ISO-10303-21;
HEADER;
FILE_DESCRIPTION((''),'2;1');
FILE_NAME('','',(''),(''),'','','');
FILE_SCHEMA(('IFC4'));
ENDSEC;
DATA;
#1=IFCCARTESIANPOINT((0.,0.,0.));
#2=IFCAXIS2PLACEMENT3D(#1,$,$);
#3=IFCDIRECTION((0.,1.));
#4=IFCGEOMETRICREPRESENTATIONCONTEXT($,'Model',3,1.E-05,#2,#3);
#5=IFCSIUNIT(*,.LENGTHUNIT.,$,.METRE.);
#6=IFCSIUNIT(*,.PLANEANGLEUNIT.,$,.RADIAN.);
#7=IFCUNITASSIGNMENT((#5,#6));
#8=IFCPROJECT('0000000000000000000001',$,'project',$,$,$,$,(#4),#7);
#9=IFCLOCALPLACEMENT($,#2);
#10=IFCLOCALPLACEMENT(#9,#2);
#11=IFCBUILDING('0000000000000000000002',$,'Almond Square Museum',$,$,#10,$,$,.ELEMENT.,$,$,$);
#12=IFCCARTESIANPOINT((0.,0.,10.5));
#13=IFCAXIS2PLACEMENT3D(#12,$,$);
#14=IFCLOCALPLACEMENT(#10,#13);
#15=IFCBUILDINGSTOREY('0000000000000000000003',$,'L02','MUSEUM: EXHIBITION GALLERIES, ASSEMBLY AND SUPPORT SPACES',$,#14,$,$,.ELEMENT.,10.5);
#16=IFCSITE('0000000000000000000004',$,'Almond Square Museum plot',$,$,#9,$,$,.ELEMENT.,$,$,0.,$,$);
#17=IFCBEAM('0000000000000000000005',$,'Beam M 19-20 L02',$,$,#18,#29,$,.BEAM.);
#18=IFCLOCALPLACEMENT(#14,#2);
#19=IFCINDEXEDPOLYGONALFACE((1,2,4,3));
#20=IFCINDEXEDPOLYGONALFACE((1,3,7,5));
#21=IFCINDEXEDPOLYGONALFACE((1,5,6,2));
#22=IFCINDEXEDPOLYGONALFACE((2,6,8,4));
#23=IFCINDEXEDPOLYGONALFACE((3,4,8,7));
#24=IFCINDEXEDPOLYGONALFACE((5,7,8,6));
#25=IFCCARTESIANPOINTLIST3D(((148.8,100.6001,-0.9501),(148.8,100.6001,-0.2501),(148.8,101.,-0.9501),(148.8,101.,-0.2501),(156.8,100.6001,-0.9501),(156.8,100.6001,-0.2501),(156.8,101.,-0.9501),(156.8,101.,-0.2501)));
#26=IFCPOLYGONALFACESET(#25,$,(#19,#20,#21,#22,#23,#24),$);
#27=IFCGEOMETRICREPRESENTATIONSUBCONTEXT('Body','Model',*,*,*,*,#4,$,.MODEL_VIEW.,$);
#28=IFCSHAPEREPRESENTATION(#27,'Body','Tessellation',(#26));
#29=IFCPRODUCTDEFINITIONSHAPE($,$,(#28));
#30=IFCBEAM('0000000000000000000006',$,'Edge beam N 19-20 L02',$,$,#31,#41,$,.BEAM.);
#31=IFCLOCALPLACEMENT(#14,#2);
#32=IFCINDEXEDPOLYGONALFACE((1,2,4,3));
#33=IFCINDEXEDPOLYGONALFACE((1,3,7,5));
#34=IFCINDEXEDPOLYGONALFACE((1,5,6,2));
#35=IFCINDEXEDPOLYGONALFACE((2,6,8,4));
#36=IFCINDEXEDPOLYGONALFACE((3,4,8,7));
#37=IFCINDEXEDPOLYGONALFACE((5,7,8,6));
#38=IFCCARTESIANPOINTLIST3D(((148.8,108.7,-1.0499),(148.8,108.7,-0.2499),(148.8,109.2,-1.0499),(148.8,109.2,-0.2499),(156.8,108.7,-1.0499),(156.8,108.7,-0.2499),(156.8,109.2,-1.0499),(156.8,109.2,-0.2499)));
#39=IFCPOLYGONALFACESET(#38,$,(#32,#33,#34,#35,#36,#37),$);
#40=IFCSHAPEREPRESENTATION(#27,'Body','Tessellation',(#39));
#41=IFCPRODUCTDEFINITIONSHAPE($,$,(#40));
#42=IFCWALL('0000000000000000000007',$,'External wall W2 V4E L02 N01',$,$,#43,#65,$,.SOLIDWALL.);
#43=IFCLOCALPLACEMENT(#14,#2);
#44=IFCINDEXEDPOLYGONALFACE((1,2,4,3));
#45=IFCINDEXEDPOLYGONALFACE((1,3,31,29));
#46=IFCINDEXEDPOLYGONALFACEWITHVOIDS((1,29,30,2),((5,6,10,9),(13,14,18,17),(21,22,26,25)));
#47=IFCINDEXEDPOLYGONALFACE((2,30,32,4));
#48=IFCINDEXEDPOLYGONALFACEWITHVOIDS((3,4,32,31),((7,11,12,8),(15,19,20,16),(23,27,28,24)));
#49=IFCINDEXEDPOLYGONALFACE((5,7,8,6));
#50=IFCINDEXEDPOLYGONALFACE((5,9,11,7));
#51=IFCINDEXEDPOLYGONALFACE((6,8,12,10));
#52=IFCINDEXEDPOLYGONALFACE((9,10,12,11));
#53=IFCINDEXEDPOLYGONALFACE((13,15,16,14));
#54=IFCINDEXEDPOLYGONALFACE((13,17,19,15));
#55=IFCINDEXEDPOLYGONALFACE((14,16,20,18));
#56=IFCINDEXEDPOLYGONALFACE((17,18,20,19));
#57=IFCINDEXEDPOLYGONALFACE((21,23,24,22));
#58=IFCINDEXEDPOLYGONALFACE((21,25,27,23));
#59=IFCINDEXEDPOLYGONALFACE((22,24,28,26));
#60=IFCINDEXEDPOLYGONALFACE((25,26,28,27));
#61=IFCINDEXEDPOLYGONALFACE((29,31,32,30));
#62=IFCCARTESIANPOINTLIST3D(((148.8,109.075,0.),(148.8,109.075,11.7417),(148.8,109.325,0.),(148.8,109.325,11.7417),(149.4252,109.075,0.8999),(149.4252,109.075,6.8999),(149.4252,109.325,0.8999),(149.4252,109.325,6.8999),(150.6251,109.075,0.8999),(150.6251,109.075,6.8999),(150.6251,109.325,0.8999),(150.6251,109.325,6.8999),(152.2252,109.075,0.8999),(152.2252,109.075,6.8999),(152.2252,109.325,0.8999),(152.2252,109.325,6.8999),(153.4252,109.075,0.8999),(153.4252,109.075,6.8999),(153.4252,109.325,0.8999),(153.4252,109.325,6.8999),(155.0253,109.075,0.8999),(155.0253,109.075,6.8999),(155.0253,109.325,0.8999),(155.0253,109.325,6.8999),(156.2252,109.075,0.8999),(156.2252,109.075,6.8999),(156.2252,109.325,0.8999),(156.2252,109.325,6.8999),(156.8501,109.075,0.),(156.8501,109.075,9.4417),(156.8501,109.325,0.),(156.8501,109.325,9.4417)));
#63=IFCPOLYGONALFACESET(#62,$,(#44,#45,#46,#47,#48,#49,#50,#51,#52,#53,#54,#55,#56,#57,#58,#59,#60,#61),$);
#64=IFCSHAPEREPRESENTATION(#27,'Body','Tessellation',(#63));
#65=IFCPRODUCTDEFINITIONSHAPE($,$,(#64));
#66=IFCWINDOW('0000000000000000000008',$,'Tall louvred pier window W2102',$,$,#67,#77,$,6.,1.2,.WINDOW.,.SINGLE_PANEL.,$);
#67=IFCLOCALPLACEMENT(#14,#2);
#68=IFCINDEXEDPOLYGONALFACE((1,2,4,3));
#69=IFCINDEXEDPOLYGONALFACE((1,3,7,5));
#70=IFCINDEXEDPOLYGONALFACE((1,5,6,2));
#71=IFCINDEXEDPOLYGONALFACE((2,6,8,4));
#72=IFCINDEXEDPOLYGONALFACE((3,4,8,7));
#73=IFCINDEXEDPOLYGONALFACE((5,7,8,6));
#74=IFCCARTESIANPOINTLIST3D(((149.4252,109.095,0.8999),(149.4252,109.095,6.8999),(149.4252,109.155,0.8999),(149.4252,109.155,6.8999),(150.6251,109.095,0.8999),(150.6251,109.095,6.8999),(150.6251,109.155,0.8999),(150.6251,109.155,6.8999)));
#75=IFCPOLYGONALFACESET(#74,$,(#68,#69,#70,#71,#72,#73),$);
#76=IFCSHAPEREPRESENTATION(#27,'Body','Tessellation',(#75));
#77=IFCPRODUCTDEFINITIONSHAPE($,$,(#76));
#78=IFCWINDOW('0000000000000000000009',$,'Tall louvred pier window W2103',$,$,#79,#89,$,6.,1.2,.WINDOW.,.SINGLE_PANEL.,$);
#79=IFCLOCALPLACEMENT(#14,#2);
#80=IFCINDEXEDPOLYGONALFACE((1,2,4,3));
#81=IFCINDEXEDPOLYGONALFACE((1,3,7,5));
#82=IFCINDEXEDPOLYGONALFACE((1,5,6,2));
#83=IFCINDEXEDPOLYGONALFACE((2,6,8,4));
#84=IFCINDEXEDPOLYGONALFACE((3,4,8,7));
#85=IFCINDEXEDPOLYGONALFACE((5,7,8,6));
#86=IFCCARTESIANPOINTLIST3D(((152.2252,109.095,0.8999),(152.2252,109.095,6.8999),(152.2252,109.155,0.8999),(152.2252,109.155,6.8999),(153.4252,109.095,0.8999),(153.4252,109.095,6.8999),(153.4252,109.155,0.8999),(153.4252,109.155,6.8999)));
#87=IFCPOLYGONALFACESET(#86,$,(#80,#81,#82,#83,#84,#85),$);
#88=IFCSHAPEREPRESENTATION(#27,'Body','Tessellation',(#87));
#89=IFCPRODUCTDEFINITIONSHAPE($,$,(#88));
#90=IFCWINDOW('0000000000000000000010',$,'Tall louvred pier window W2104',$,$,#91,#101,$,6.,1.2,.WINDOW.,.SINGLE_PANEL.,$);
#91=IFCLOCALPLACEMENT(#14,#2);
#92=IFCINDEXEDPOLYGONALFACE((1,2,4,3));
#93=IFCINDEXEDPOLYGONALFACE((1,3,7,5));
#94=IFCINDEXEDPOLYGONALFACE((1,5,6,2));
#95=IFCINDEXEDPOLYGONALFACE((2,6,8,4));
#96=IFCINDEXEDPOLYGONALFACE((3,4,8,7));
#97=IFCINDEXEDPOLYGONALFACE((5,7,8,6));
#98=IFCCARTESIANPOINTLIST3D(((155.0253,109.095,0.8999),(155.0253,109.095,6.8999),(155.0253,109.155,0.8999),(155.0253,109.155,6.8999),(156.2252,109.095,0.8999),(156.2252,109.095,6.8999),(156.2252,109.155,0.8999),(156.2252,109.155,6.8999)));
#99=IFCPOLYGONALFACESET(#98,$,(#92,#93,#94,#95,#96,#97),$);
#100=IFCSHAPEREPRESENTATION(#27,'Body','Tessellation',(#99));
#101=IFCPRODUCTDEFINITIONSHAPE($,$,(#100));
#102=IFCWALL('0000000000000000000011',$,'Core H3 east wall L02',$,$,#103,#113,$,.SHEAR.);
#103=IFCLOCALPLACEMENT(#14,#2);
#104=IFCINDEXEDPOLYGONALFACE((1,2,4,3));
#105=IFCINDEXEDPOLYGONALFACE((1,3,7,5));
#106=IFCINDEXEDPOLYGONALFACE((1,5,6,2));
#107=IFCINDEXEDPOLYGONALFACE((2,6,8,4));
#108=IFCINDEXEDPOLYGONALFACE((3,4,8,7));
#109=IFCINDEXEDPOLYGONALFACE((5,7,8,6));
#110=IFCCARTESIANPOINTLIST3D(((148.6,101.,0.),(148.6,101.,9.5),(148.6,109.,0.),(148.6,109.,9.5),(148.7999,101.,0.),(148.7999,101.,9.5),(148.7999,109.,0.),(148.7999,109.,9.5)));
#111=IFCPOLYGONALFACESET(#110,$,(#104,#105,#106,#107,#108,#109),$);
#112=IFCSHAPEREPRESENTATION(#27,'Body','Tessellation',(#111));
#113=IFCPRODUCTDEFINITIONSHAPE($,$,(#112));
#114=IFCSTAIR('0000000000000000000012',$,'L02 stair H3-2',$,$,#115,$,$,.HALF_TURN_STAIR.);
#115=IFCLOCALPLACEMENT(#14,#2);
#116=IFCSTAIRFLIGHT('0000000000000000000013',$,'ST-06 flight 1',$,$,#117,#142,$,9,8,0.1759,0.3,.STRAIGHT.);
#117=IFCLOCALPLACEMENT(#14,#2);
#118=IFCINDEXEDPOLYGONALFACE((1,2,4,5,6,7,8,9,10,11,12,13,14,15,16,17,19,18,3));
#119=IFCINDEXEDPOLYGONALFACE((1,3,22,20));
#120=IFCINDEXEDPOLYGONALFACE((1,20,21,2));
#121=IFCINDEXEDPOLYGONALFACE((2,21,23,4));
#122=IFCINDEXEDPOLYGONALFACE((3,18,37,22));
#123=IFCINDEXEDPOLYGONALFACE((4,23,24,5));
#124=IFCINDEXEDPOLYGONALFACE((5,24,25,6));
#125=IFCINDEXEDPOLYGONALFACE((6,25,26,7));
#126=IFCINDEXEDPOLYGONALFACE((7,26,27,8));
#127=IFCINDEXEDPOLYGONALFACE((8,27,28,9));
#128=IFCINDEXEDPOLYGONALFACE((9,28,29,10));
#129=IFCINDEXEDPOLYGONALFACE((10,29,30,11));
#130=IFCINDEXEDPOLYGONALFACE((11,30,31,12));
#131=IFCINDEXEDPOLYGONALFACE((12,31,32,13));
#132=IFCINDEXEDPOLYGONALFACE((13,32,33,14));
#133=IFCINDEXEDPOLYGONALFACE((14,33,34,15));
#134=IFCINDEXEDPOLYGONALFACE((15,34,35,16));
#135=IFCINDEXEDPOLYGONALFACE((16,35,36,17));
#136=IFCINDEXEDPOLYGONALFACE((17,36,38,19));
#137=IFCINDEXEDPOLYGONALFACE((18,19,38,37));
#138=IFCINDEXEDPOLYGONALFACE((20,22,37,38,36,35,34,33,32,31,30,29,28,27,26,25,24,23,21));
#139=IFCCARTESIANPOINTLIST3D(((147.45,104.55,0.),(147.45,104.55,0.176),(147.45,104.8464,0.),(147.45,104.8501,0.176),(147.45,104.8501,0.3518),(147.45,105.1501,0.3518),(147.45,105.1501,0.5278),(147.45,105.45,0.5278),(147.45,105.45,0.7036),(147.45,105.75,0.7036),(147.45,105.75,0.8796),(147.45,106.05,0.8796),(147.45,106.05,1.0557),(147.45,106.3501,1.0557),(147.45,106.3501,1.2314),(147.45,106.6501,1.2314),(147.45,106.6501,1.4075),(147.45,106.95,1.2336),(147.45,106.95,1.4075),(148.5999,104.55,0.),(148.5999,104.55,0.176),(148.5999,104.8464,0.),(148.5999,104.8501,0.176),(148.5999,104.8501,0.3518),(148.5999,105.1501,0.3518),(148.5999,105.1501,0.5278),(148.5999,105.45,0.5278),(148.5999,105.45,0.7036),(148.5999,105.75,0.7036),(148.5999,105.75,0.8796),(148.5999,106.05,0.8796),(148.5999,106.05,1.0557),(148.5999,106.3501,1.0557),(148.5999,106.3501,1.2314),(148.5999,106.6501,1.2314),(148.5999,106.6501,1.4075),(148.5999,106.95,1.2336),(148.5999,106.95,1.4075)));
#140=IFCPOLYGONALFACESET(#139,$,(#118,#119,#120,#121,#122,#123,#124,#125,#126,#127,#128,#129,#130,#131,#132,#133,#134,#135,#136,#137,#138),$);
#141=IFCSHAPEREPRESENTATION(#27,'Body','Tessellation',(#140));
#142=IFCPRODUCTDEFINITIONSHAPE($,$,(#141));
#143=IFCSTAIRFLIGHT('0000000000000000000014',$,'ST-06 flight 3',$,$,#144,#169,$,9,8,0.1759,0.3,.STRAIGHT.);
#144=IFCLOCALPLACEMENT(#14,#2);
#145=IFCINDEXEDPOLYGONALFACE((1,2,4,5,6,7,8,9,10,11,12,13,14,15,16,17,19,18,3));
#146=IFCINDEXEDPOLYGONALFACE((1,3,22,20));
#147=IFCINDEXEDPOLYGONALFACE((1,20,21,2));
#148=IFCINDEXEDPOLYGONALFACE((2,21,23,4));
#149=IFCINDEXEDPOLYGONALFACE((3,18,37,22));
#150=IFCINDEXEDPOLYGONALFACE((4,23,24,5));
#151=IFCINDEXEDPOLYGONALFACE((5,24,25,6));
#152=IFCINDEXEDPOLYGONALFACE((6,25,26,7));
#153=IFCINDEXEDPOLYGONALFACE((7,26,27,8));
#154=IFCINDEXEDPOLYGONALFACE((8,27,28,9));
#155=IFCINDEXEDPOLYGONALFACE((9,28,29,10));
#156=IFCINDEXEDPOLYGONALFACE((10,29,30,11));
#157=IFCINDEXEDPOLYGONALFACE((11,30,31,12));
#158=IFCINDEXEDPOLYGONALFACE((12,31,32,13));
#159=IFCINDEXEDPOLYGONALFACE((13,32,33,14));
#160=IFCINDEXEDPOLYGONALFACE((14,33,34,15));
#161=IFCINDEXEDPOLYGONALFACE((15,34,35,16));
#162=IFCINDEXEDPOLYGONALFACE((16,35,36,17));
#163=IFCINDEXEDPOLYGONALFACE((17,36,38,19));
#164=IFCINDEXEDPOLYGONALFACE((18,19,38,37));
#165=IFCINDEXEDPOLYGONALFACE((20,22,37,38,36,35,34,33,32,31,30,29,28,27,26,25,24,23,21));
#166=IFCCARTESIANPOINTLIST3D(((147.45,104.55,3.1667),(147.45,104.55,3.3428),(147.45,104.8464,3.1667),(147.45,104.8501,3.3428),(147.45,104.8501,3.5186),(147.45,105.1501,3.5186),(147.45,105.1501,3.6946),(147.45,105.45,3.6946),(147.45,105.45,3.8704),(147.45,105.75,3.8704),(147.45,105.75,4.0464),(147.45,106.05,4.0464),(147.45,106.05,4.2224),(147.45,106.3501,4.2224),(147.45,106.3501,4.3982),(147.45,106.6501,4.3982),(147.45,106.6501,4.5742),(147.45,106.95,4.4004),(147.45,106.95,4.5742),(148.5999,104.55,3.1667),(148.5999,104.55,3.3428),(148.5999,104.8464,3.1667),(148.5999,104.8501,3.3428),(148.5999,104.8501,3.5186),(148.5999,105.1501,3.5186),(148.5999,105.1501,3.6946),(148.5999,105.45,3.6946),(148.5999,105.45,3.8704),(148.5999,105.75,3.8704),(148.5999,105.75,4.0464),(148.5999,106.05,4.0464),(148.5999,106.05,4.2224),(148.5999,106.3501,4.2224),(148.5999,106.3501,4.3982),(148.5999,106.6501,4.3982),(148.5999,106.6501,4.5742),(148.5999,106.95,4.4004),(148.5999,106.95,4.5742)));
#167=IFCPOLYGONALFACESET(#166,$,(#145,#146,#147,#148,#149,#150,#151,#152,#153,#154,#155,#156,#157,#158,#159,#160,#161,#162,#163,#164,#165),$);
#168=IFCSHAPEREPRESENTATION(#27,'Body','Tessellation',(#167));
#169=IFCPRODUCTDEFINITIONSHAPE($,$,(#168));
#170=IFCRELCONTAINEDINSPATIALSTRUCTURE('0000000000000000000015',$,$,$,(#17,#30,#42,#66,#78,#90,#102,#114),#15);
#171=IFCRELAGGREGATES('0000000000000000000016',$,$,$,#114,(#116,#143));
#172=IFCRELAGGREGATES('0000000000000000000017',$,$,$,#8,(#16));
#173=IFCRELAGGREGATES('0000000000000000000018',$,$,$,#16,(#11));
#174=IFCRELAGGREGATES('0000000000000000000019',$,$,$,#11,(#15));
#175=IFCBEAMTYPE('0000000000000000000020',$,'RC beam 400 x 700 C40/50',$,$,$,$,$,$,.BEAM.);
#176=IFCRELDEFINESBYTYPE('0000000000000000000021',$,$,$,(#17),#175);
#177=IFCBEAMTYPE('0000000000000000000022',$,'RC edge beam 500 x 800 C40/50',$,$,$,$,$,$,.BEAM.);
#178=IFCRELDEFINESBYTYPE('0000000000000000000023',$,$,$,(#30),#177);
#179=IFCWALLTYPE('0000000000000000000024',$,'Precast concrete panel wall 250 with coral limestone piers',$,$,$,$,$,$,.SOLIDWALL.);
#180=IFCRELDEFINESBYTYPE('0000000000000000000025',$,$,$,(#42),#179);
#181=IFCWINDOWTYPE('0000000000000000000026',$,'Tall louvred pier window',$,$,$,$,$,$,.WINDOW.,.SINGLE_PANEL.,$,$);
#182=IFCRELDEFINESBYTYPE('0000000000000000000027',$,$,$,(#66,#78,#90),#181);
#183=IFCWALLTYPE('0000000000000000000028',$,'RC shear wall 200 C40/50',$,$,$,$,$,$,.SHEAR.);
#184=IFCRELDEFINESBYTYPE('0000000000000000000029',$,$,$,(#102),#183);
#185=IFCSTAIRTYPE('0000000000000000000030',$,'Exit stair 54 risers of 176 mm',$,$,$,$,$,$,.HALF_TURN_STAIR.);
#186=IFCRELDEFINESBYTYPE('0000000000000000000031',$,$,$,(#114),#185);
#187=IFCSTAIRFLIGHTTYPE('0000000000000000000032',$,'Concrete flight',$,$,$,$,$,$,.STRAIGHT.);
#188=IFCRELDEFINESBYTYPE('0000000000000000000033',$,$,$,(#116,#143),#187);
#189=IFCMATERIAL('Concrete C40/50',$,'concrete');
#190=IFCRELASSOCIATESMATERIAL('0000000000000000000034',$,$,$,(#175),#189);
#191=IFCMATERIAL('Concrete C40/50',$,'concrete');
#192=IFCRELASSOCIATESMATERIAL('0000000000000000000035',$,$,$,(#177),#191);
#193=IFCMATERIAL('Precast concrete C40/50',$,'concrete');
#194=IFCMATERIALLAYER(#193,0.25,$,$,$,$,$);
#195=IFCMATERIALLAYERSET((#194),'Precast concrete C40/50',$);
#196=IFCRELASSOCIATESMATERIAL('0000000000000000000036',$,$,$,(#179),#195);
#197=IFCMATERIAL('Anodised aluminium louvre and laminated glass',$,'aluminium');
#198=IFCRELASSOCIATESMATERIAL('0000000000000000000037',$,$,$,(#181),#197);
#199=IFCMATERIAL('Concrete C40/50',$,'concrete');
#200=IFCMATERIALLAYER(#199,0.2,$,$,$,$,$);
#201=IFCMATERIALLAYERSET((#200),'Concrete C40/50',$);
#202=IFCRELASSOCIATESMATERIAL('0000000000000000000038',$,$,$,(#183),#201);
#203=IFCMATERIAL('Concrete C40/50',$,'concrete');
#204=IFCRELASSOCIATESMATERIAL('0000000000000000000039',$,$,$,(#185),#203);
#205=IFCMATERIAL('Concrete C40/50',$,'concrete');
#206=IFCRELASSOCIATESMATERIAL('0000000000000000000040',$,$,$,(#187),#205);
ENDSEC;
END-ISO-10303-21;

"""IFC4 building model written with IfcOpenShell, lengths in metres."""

from ifc_helpers import new_model, si_unit, direction, frame, frame_2d, origin, origin_2d, place, context, subcontext, project, spatial, polyline, rectangle, outline, extrude, material, layer, layer_set, material_profile, profile_set, type_object, element, fill, aggregate, save


model = new_model("IFC4")

# Units and contexts
model_context = context("Model", 3, precision=1e-05, world=origin(), true_north=direction((0.0, 1.0)))
body_context = subcontext(model_context, "Body", "Model", "MODEL_VIEW")
ifc_project = project(units=[si_unit("LENGTHUNIT", "METRE"), si_unit("PLANEANGLEUNIT", "RADIAN")], contexts=[model_context])

# Site, building, storey
site_placement = place(None, origin())
site = spatial("IfcSite", under=ifc_project, at=site_placement, Name="Almond Square Museum plot", CompositionType="ELEMENT", RefElevation=0.0)
building_placement = place(site_placement, origin())
building = spatial("IfcBuilding", under=site, at=building_placement, Name="Almond Square Museum", CompositionType="ELEMENT")
storey_placement = place(building_placement, frame((0.0, 0.0, 10.5)))
storey = spatial("IfcBuildingStorey", under=building, at=storey_placement, Name="L02", Description="MUSEUM: EXHIBITION GALLERIES, ASSEMBLY AND SUPPORT SPACES", CompositionType="ELEMENT", Elevation=10.5)

# Beams
ifc_material_1 = material(Name="Concrete C40/50", Category="concrete")
ifc_material_profile_1 = material_profile(ifc_material_1, rectangle(XDim=0.3999, YDim=0.7, at=origin_2d()))
ifc_profile_set_1 = profile_set([ifc_material_profile_1], Name="Concrete C40/50")
beam_type_1 = type_object("IfcBeamType", Name="RC beam 400 x 700 C40/50", PredefinedType="BEAM", material=ifc_profile_set_1)
beam_1_placement = place(storey_placement, frame((148.8, 100.8, -0.6001), z_axis=(1.0, 0.0, 0.0), x_axis=(0.0, 1.0, 0.0)))
element("IfcBeam", 1, at=beam_1_placement, inside=storey, type_object=beam_type_1, Name="Beam M 19-20 L02", PredefinedType="BEAM", context=body_context, shape_type="SweptSolid", body=[
    extrude(rectangle(XDim=0.3999, YDim=0.7, at=origin_2d()), origin(), (0.0, 0.0, 1.0), 8.0),
])
ifc_material_2 = material(Name="Concrete C40/50", Category="concrete")
ifc_material_profile_2 = material_profile(ifc_material_2, rectangle(XDim=0.5, YDim=0.8, at=origin_2d()))
ifc_profile_set_2 = profile_set([ifc_material_profile_2], Name="Concrete C40/50")
beam_type_2 = type_object("IfcBeamType", Name="RC edge beam 500 x 800 C40/50", PredefinedType="BEAM", material=ifc_profile_set_2)
beam_2_placement = place(storey_placement, frame((148.8, 108.95, -0.6499), z_axis=(1.0, 0.0, 0.0), x_axis=(0.0, 1.0, 0.0)))
element("IfcBeam", 2, at=beam_2_placement, inside=storey, type_object=beam_type_2, Name="Edge beam N 19-20 L02", PredefinedType="BEAM", context=body_context, shape_type="SweptSolid", body=[
    extrude(rectangle(XDim=0.5, YDim=0.8, at=origin_2d()), origin(), (0.0, 0.0, 1.0), 8.0),
])

# Wall, openings, windows
ifc_material_3 = material(Name="Precast concrete C40/50", Category="concrete")
ifc_layer_1 = layer(ifc_material_3, 0.25)
ifc_layer_set_1 = layer_set([ifc_layer_1], Name="Precast concrete C40/50")
wall_type_1 = type_object("IfcWallType", Name="Precast concrete panel wall 250 with coral limestone piers", PredefinedType="SOLIDWALL", material=ifc_layer_set_1)
wall_1_placement = place(storey_placement, frame((148.8, 109.2, 0.0), z_axis=(0.0, 0.0, 1.0), x_axis=(1.0, 0.0, 0.0)))
wall_1 = element("IfcWall", 3, at=wall_1_placement, inside=storey, type_object=wall_type_1, Name="External wall W2 V4E L02 N01", PredefinedType="SOLIDWALL", context=body_context, shape_type="SweptSolid", body=[
    extrude(outline(polyline([(0.0, 0.0), (8.05, 0.0), (8.05, 9.4417), (0.0, 11.7417), (0.0, 0.0)])), frame((0.0, 0.125, 0.0), z_axis=(0.0, -1.0, 0.0), x_axis=(1.0, 0.0, 0.0)), (0.0, 0.0, 1.0), 0.25),
])
opening_1_placement = place(wall_1_placement, frame((0.625, 0.0, 0.8999)))
opening_1 = element("IfcOpeningElement", 4, at=opening_1_placement, cuts=wall_1, PredefinedType="OPENING", context=body_context, shape_type="SweptSolid", body=[
    extrude(rectangle(XDim=1.2, YDim=6.0, at=frame_2d((0.6001, 3.0))), frame((0.0, 0.135, 0.0), z_axis=(0.0, -1.0, 0.0), x_axis=(1.0, 0.0, 0.0)), (0.0, 0.0, 1.0), 0.27),
])
opening_2_placement = place(wall_1_placement, frame((3.425, 0.0, 0.8999)))
opening_2 = element("IfcOpeningElement", 5, at=opening_2_placement, cuts=wall_1, PredefinedType="OPENING", context=body_context, shape_type="SweptSolid", body=[
    extrude(rectangle(XDim=1.2, YDim=6.0, at=frame_2d((0.6001, 3.0))), frame((0.0, 0.135, 0.0), z_axis=(0.0, -1.0, 0.0), x_axis=(1.0, 0.0, 0.0)), (0.0, 0.0, 1.0), 0.27),
])
opening_3_placement = place(wall_1_placement, frame((6.2251, 0.0, 0.8999)))
opening_3 = element("IfcOpeningElement", 6, at=opening_3_placement, cuts=wall_1, PredefinedType="OPENING", context=body_context, shape_type="SweptSolid", body=[
    extrude(rectangle(XDim=1.2, YDim=6.0, at=frame_2d((0.6001, 3.0))), frame((0.0, 0.135, 0.0), z_axis=(0.0, -1.0, 0.0), x_axis=(1.0, 0.0, 0.0)), (0.0, 0.0, 1.0), 0.27),
])
ifc_material_4 = material(Name="Anodised aluminium louvre and laminated glass", Category="aluminium")
window_type = type_object("IfcWindowType", Name="Tall louvred pier window", PartitioningType="SINGLE_PANEL", PredefinedType="WINDOW", material=ifc_material_4)
window_1_placement = place(opening_1_placement, origin())
window_1 = element("IfcWindow", 7, at=window_1_placement, inside=storey, type_object=window_type, Name="Tall louvred pier window W2102", OverallHeight=6.0, OverallWidth=1.2, PartitioningType="SINGLE_PANEL", PredefinedType="WINDOW", context=body_context, shape_type="SweptSolid", body=[
    extrude(rectangle(XDim=1.2, YDim=6.0, at=frame_2d((0.6001, 3.0))), frame((0.0, -0.0449, 0.0), z_axis=(0.0, -1.0, 0.0), x_axis=(1.0, 0.0, 0.0)), (0.0, 0.0, 1.0), 0.0601),
])
fill(opening_1, window_1)
window_2_placement = place(opening_2_placement, origin())
window_2 = element("IfcWindow", 8, at=window_2_placement, inside=storey, type_object=window_type, Name="Tall louvred pier window W2103", OverallHeight=6.0, OverallWidth=1.2, PartitioningType="SINGLE_PANEL", PredefinedType="WINDOW", context=body_context, shape_type="SweptSolid", body=[
    extrude(rectangle(XDim=1.2, YDim=6.0, at=frame_2d((0.6001, 3.0))), frame((0.0, -0.0449, 0.0), z_axis=(0.0, -1.0, 0.0), x_axis=(1.0, 0.0, 0.0)), (0.0, 0.0, 1.0), 0.0601),
])
fill(opening_2, window_2)
window_3_placement = place(opening_3_placement, origin())
window_3 = element("IfcWindow", 9, at=window_3_placement, inside=storey, type_object=window_type, Name="Tall louvred pier window W2104", OverallHeight=6.0, OverallWidth=1.2, PartitioningType="SINGLE_PANEL", PredefinedType="WINDOW", context=body_context, shape_type="SweptSolid", body=[
    extrude(rectangle(XDim=1.2, YDim=6.0, at=frame_2d((0.6001, 3.0))), frame((0.0, -0.0449, 0.0), z_axis=(0.0, -1.0, 0.0), x_axis=(1.0, 0.0, 0.0)), (0.0, 0.0, 1.0), 0.0601),
])
fill(opening_3, window_3)

# Wall
ifc_material_5 = material(Name="Concrete C40/50", Category="concrete")
ifc_layer_2 = layer(ifc_material_5, 0.2)
ifc_layer_set_2 = layer_set([ifc_layer_2], Name="Concrete C40/50")
wall_type_2 = type_object("IfcWallType", Name="RC shear wall 200 C40/50", PredefinedType="SHEAR", material=ifc_layer_set_2)
wall_2_placement = place(storey_placement, frame((148.7, 101.0, 0.0), z_axis=(0.0, 0.0, 1.0), x_axis=(0.0, 1.0, 0.0)))
element("IfcWall", 10, at=wall_2_placement, inside=storey, type_object=wall_type_2, Name="Core H3 east wall L02", PredefinedType="SHEAR", context=body_context, shape_type="SweptSolid", body=[
    extrude(rectangle(XDim=8.0, YDim=0.2, at=frame_2d((4.0, 0.0))), origin(), (0.0, 0.0, 1.0), 9.5),
])

# Stair, stair flights
ifc_material_6 = material(Name="Concrete C40/50", Category="concrete")
stair_type = type_object("IfcStairType", Name="Exit stair 54 risers of 176 mm", PredefinedType="HALF_TURN_STAIR", material=ifc_material_6)
stair_placement = place(storey_placement, origin())
stair = element("IfcStair", 11, at=stair_placement, inside=storey, type_object=stair_type, Name="L02 stair H3-2", PredefinedType="HALF_TURN_STAIR")
ifc_material_7 = material(Name="Concrete C40/50", Category="concrete")
stair_flight_type = type_object("IfcStairFlightType", Name="Concrete flight", PredefinedType="STRAIGHT", material=ifc_material_7)
stair_flight_1_placement = place(storey_placement, frame((148.0249, 104.55, 0.0), z_axis=(0.0, 0.0, 1.0), x_axis=(0.0, 1.0, 0.0)))
stair_flight_1 = element("IfcStairFlight", 12, at=stair_flight_1_placement, type_object=stair_flight_type, Name="ST-06 flight 1", NumberOfRisers=9, NumberOfTreads=8, PredefinedType="STRAIGHT", RiserHeight=0.1759, TreadLength=0.3, context=body_context, shape_type="SweptSolid", body=[
    extrude(outline(polyline([(0.0, 0.0), (0.0, 0.176), (0.3, 0.176), (0.3, 0.3518), (0.6001, 0.3518), (0.6001, 0.5278), (0.8999, 0.5278), (0.8999, 0.7036), (1.2, 0.7036), (1.2, 0.8796), (1.5, 0.8796), (1.5, 1.0557), (1.8, 1.0557), (1.8, 1.2314), (2.1001, 1.2314), (2.1001, 1.4075), (2.3999, 1.4075), (2.3999, 1.5833), (2.3999, 1.2336), (0.2964, 0.0), (0.0, 0.0)])), frame((0.0, 0.575, 0.0), z_axis=(0.0, -1.0, 0.0), x_axis=(1.0, 0.0, 0.0)), (0.0, 0.0, 1.0), 1.1499),
])
stair_flight_2_placement = place(storey_placement, frame((148.0249, 104.55, 3.1667), z_axis=(0.0, 0.0, 1.0), x_axis=(0.0, 1.0, 0.0)))
stair_flight_2 = element("IfcStairFlight", 13, at=stair_flight_2_placement, type_object=stair_flight_type, Name="ST-06 flight 3", NumberOfRisers=9, NumberOfTreads=8, PredefinedType="STRAIGHT", RiserHeight=0.1759, TreadLength=0.3, context=body_context, shape_type="SweptSolid", body=[
    extrude(outline(polyline([(0.0, 0.0), (0.0, 0.176), (0.3, 0.176), (0.3, 0.3518), (0.6001, 0.3518), (0.6001, 0.5278), (0.8999, 0.5278), (0.8999, 0.7036), (1.2, 0.7036), (1.2, 0.8796), (1.5, 0.8796), (1.5, 1.0557), (1.8, 1.0557), (1.8, 1.2314), (2.1001, 1.2314), (2.1001, 1.4075), (2.3999, 1.4075), (2.3999, 1.5833), (2.3999, 1.2336), (0.2964, 0.0), (0.0, 0.0)])), frame((0.0, 0.575, 0.0), z_axis=(0.0, -1.0, 0.0), x_axis=(1.0, 0.0, 0.0)), (0.0, 0.0, 1.0), 1.1499),
])
aggregate(stair, [stair_flight_1, stair_flight_2])

save(model, "model.ifc")
